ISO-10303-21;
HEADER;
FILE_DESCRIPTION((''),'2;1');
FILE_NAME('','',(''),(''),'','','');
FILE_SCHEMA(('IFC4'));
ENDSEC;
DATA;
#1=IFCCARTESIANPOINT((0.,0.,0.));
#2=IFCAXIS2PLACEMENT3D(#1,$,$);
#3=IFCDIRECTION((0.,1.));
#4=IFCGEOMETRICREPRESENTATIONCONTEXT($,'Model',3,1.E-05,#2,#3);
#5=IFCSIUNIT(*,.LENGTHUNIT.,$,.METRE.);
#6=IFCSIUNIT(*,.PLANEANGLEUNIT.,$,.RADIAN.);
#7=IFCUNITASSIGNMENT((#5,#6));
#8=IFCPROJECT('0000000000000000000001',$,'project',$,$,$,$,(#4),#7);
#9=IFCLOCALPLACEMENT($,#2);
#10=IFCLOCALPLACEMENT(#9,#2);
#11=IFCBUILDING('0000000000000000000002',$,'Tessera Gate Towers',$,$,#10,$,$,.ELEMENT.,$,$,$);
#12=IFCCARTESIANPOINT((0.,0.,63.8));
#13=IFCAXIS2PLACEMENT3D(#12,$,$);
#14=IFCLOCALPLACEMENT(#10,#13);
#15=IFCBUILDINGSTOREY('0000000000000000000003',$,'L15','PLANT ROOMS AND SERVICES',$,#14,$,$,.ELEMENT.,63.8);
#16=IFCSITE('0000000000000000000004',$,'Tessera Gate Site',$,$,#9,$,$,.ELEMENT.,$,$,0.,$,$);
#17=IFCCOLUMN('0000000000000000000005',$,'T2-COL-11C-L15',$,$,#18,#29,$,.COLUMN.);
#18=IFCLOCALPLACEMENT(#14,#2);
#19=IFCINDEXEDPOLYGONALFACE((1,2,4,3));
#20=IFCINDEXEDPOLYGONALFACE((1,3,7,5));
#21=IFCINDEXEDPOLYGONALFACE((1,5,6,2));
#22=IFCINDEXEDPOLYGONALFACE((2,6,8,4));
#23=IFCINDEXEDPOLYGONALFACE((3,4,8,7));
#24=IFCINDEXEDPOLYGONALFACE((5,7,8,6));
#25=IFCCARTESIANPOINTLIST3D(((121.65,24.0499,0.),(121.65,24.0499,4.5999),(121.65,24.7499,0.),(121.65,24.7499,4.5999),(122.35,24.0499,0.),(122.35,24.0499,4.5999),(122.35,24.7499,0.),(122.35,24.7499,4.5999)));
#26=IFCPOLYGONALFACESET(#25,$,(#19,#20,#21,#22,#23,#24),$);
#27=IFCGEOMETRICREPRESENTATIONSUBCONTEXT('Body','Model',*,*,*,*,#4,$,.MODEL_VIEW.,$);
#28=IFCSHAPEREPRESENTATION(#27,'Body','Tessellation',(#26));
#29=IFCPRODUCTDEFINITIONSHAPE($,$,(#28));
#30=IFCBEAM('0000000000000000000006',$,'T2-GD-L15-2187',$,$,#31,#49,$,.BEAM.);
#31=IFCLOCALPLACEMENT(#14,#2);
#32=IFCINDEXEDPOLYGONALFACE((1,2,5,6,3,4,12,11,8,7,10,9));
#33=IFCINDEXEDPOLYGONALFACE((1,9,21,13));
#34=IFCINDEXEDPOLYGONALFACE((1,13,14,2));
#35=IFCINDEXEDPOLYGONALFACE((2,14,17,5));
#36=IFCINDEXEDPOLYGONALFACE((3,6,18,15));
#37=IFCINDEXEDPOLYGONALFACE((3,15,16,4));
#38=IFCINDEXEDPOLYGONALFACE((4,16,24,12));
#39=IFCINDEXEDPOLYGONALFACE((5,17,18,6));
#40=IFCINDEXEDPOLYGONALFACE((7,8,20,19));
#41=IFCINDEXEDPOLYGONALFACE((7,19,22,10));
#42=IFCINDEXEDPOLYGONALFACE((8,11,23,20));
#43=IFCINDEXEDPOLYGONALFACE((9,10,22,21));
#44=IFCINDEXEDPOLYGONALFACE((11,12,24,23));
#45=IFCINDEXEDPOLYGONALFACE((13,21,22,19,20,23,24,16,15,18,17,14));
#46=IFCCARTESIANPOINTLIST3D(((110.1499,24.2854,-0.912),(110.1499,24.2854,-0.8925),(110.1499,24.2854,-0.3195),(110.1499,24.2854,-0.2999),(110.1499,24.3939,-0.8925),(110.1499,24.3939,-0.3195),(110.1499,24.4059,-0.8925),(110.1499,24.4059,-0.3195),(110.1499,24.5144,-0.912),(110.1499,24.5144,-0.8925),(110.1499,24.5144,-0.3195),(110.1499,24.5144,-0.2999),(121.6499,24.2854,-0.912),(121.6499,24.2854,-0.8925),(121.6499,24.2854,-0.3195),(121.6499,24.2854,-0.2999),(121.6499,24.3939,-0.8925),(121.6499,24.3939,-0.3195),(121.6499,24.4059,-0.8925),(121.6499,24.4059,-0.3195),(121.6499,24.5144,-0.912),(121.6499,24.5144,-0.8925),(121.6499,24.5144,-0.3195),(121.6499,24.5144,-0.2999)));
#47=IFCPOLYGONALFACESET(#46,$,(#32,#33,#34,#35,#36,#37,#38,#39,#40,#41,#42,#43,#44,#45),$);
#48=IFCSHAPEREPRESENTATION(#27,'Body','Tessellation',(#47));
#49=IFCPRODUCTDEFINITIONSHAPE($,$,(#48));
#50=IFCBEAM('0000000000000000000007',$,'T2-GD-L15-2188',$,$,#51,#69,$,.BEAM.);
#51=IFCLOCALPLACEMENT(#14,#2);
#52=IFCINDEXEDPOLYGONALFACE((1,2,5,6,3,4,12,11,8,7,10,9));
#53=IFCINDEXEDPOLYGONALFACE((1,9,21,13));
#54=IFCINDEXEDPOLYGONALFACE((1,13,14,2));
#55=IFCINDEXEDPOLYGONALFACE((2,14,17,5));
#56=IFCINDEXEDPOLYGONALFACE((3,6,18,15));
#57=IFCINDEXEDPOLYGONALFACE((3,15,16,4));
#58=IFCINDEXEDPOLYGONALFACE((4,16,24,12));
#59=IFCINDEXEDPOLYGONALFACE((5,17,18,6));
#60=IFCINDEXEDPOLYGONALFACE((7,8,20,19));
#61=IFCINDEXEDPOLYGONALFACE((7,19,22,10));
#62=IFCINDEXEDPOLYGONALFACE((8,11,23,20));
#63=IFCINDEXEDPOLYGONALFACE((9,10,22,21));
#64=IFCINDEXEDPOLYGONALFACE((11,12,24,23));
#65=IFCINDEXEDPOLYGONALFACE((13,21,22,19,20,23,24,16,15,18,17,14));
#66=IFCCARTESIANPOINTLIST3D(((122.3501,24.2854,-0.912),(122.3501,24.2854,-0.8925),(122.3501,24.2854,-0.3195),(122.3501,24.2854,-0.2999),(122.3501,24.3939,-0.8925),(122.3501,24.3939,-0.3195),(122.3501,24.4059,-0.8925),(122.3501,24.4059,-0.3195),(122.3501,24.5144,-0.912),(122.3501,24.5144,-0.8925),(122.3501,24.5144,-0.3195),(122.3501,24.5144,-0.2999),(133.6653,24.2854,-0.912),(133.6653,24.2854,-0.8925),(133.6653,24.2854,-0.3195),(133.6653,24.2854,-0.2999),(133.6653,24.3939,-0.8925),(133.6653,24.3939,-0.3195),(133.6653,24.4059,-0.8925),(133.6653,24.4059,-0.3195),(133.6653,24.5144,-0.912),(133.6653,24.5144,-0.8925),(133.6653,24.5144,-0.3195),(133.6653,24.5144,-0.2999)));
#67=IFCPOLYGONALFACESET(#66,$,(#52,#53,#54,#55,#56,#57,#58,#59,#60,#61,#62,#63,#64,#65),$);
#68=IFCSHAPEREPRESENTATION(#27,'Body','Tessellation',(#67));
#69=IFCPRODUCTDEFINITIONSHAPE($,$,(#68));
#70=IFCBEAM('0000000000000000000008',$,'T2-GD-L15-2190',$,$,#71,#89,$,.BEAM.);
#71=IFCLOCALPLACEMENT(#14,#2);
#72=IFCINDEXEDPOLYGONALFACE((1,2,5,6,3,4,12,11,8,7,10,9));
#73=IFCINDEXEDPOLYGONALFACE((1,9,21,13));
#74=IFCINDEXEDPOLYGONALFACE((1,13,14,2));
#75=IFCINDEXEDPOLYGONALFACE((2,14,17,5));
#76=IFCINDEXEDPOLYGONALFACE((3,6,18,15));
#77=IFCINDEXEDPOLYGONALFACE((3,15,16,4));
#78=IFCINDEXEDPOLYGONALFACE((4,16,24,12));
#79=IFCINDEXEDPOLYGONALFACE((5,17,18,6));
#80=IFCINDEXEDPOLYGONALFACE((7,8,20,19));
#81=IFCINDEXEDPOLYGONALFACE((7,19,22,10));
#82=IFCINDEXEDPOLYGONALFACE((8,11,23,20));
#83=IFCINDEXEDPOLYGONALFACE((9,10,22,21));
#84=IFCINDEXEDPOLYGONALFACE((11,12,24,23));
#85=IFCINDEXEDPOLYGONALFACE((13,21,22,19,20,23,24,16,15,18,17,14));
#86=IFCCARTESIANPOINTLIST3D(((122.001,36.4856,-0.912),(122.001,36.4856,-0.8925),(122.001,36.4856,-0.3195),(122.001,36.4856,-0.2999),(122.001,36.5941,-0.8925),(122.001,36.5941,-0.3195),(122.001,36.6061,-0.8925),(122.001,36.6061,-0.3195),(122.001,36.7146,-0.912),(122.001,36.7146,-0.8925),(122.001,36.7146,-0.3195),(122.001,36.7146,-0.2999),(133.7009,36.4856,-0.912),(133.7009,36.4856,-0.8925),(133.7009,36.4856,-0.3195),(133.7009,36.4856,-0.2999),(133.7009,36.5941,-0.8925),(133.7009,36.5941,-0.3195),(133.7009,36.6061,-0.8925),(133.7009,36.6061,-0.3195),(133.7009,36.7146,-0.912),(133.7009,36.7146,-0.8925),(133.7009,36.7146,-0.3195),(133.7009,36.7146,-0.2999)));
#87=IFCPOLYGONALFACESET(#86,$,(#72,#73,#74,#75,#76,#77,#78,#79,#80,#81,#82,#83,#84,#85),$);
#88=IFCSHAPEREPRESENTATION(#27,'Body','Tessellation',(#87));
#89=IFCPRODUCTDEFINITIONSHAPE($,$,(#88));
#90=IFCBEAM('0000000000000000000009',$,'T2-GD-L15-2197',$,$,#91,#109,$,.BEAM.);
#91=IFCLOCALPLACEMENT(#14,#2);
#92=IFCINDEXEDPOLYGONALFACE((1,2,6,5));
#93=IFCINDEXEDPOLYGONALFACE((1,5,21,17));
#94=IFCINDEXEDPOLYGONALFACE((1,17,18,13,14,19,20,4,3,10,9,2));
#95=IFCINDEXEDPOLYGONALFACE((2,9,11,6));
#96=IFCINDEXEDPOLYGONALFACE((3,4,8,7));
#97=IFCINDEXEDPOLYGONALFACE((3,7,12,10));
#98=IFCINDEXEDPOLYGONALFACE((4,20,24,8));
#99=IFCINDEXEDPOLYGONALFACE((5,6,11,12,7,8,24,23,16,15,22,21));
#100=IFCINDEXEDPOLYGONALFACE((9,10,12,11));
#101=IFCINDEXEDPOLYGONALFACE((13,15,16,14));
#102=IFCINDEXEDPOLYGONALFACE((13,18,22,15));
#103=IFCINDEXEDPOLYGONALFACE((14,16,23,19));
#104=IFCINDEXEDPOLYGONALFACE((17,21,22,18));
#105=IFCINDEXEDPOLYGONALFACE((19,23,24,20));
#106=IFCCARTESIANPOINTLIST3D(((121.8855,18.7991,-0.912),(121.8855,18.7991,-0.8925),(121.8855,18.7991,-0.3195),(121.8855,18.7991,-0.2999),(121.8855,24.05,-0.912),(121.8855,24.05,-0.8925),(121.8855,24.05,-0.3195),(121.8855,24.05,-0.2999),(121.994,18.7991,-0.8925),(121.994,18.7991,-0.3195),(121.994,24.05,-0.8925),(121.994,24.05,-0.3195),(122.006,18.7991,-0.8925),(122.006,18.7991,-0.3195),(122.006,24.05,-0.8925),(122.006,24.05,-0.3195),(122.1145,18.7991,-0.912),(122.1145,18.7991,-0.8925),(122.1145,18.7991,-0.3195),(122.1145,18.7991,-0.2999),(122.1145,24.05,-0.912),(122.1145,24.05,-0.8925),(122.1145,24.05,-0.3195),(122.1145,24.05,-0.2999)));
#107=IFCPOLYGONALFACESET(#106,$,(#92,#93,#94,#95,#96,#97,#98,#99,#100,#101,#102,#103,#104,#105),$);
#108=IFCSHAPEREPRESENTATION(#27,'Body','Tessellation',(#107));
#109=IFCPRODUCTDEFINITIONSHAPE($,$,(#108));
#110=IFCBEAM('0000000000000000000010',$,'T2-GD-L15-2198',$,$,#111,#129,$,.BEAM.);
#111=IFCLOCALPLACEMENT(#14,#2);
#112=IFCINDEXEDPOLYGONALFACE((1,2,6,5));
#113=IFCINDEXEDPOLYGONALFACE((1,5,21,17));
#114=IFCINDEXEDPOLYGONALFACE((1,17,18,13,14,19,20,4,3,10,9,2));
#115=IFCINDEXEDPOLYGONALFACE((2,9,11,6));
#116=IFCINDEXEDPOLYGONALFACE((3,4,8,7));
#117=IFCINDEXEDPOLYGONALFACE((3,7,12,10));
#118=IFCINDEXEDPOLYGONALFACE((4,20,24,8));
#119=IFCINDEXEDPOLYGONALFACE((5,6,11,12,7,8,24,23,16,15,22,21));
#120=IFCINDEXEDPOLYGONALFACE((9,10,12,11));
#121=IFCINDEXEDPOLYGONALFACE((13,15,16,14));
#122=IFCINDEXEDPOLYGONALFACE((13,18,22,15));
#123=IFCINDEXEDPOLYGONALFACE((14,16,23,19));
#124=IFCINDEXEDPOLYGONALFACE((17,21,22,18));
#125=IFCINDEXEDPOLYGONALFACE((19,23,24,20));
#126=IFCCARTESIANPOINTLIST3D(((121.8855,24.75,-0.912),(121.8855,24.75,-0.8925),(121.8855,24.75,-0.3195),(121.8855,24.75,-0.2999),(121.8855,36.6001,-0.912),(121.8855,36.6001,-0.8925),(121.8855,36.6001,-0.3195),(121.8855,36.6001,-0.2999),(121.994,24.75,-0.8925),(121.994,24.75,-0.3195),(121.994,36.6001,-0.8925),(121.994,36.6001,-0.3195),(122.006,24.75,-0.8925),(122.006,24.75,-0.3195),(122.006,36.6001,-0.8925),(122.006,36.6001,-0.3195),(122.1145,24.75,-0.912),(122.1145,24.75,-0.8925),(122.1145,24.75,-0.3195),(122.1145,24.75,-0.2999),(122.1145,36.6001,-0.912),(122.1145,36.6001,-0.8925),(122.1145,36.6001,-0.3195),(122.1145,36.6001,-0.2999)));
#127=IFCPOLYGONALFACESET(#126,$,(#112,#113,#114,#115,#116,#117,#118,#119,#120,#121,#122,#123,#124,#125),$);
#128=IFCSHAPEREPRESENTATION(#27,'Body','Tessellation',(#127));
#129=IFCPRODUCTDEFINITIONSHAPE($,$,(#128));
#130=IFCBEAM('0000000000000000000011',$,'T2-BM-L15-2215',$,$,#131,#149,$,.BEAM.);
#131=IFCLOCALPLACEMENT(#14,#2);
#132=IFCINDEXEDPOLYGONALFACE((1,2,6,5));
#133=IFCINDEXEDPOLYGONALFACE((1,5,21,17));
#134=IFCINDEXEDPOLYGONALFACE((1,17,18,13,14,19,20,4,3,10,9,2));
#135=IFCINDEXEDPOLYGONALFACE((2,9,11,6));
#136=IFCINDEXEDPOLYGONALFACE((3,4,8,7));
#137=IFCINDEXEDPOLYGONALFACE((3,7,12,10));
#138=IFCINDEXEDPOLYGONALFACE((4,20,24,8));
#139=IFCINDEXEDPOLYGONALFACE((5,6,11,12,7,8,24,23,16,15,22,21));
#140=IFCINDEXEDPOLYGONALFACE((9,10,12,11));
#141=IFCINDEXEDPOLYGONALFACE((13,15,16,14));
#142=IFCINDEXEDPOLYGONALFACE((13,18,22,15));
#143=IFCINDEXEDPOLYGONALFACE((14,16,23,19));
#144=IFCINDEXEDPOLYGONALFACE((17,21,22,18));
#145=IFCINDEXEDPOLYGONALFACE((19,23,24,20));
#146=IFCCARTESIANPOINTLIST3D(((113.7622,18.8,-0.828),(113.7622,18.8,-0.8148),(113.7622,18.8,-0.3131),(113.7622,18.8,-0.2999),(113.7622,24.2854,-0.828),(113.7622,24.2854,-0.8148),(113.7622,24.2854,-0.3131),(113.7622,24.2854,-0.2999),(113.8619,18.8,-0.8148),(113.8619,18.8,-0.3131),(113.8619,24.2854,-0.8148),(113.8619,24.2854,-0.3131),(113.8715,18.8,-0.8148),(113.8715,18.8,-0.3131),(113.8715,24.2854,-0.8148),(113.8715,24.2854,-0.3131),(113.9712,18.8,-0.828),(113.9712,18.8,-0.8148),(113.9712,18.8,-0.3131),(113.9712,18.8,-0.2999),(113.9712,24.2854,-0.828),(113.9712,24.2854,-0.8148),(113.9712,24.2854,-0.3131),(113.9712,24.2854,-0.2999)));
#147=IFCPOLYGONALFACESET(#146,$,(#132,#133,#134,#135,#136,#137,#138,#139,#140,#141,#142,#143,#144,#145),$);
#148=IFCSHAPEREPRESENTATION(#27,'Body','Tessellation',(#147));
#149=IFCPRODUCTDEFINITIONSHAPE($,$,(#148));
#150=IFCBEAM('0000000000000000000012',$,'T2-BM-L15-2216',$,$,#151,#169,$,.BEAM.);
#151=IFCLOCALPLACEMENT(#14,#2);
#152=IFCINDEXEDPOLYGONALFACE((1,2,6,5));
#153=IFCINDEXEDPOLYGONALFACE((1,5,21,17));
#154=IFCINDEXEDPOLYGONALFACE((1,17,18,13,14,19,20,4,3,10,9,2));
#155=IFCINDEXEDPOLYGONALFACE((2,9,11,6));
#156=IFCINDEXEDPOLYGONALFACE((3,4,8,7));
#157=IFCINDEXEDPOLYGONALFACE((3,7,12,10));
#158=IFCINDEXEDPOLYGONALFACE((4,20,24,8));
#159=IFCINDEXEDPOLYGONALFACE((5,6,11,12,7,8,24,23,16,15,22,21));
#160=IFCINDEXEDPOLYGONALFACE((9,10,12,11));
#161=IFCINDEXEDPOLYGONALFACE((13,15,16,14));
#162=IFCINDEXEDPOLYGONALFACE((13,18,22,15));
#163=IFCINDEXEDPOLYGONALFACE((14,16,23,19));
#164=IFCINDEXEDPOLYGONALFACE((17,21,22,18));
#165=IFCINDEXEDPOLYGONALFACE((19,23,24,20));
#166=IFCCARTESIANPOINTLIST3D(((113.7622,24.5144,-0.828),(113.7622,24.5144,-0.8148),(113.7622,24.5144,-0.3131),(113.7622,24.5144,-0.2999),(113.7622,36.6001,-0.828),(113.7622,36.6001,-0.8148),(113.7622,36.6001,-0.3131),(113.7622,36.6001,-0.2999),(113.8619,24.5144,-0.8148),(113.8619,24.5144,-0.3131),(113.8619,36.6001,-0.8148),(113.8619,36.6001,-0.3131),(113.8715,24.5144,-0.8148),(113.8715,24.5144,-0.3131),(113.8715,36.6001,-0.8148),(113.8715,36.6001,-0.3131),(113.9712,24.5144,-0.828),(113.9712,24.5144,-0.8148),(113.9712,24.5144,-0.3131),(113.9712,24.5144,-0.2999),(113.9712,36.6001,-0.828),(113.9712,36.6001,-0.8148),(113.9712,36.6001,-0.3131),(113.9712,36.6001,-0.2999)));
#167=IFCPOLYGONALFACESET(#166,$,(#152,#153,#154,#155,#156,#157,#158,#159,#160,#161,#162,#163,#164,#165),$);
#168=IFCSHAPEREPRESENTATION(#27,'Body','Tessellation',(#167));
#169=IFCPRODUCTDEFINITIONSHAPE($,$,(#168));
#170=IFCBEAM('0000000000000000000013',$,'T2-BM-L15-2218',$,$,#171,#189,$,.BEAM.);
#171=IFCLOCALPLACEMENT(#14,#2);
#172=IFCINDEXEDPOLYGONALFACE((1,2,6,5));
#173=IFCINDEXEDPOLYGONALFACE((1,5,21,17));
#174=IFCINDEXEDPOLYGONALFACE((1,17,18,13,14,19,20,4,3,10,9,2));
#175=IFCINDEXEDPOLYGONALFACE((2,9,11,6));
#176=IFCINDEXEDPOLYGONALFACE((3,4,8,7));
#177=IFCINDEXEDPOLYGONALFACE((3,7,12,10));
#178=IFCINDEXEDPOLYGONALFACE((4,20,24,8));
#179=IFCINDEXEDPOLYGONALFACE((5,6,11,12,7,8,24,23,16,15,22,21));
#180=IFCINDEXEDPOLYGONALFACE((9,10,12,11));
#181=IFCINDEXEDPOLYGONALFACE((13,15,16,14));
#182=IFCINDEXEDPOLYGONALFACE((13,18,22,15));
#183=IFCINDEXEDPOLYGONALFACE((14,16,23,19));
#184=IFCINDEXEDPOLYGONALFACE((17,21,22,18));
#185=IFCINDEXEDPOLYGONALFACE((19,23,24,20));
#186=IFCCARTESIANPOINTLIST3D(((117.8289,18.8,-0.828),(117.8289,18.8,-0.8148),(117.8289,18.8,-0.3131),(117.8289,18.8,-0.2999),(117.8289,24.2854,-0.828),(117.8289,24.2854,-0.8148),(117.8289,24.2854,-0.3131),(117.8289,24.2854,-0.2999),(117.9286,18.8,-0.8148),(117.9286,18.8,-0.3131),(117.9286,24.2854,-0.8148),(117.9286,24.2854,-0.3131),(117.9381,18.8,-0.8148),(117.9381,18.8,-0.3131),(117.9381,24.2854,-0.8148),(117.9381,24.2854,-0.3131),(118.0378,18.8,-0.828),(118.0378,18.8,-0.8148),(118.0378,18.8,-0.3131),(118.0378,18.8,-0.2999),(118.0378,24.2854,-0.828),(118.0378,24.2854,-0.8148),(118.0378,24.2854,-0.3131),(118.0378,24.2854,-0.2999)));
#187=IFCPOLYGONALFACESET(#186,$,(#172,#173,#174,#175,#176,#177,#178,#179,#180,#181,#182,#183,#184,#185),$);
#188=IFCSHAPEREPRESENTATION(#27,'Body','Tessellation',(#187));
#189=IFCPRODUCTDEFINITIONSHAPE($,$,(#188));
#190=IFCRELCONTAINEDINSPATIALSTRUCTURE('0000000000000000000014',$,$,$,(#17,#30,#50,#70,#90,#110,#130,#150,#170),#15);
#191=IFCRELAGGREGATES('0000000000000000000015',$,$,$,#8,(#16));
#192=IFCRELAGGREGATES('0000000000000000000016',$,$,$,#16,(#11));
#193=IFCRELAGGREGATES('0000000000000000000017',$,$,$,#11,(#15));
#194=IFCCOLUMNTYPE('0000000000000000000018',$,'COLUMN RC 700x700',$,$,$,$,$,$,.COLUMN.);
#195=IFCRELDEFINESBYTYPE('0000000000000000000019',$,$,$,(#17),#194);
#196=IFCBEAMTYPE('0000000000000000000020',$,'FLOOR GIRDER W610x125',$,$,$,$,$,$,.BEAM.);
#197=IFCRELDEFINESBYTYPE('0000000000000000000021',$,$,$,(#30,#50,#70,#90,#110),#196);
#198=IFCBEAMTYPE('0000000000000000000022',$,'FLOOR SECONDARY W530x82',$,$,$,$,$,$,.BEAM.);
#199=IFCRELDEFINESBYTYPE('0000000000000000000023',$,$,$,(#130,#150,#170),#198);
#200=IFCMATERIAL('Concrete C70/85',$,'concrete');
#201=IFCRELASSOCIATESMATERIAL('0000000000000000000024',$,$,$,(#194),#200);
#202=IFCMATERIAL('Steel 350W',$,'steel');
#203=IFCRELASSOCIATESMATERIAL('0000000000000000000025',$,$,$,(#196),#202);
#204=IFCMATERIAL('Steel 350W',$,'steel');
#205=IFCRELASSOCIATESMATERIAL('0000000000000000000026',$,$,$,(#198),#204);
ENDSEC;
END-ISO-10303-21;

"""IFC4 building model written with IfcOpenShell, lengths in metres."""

from ifc_helpers import new_model, si_unit, direction, frame, origin, origin_2d, place, context, subcontext, project, spatial, rectangle, i_section, extrude, material, material_profile, profile_set, type_object, element, save


model = new_model("IFC4")

# Units and contexts
model_context = context("Model", 3, precision=1e-05, world=origin(), true_north=direction((0.0, 1.0)))
body_context = subcontext(model_context, "Body", "Model", "MODEL_VIEW")
ifc_project = project(units=[si_unit("LENGTHUNIT", "METRE"), si_unit("PLANEANGLEUNIT", "RADIAN")], contexts=[model_context])

# Site, building, storey
site_placement = place(None, origin())
site = spatial("IfcSite", under=ifc_project, at=site_placement, Name="Tessera Gate Site", CompositionType="ELEMENT", RefElevation=0.0)
building_placement = place(site_placement, origin())
building = spatial("IfcBuilding", under=site, at=building_placement, Name="Tessera Gate Towers", CompositionType="ELEMENT")
storey_placement = place(building_placement, frame((0.0, 0.0, 63.8)))
storey = spatial("IfcBuildingStorey", under=building, at=storey_placement, Name="L15", Description="PLANT ROOMS AND SERVICES", CompositionType="ELEMENT", Elevation=63.8)

# Column
ifc_material_1 = material(Name="Concrete C70/85", Category="concrete")
ifc_material_profile_1 = material_profile(ifc_material_1, rectangle(XDim=0.7, YDim=0.7, at=origin_2d()), Name="RC 700x700")
ifc_profile_set_1 = profile_set([ifc_material_profile_1], Name="Concrete C70/85")
column_type = type_object("IfcColumnType", Name="COLUMN RC 700x700", PredefinedType="COLUMN", material=ifc_profile_set_1)
column_placement = place(storey_placement, frame((122.0, 24.3999, 0.0), z_axis=(0.0, 0.0, 1.0), x_axis=(1.0, 0.0, 0.0)))
element("IfcColumn", 1, at=column_placement, inside=storey, type_object=column_type, Name="T2-COL-11C-L15", PredefinedType="COLUMN", context=body_context, shape_type="SweptSolid", body=[
    extrude(rectangle(XDim=0.7, YDim=0.7, at=origin_2d()), origin(), (0.0, 0.0, 1.0), 4.5999),
])

# Beams
ifc_material_2 = material(Name="Steel 350W", Category="steel")
ifc_material_profile_2 = material_profile(ifc_material_2, i_section(OverallWidth=0.229, OverallDepth=0.6121, WebThickness=0.012, FlangeThickness=0.0195, at=origin_2d()), Name="W610x125")
ifc_profile_set_2 = profile_set([ifc_material_profile_2], Name="Steel 350W")
beam_type_1 = type_object("IfcBeamType", Name="FLOOR GIRDER W610x125", PredefinedType="BEAM", material=ifc_profile_set_2)
beam_1_placement = place(storey_placement, frame((110.1499, 24.3999, -0.606), z_axis=(1.0, 0.0, 0.0), x_axis=(0.0, 1.0, 0.0)))
element("IfcBeam", 2, at=beam_1_placement, inside=storey, type_object=beam_type_1, Name="T2-GD-L15-2187", PredefinedType="BEAM", context=body_context, shape_type="SweptSolid", body=[
    extrude(i_section(OverallWidth=0.229, OverallDepth=0.6121, WebThickness=0.012, FlangeThickness=0.0195, at=origin_2d()), origin(), (0.0, 0.0, 1.0), 11.5),
])
beam_2_placement = place(storey_placement, frame((122.3501, 24.3999, -0.606), z_axis=(1.0, 0.0, 0.0), x_axis=(0.0, 1.0, 0.0)))
element("IfcBeam", 3, at=beam_2_placement, inside=storey, type_object=beam_type_1, Name="T2-GD-L15-2188", PredefinedType="BEAM", context=body_context, shape_type="SweptSolid", body=[
    extrude(i_section(OverallWidth=0.229, OverallDepth=0.6121, WebThickness=0.012, FlangeThickness=0.0195, at=origin_2d()), origin(), (0.0, 0.0, 1.0), 11.3152),
])
beam_3_placement = place(storey_placement, frame((122.001, 36.6001, -0.606), z_axis=(1.0, 0.0, 0.0), x_axis=(0.0, 1.0, 0.0)))
element("IfcBeam", 4, at=beam_3_placement, inside=storey, type_object=beam_type_1, Name="T2-GD-L15-2190", PredefinedType="BEAM", context=body_context, shape_type="SweptSolid", body=[
    extrude(i_section(OverallWidth=0.229, OverallDepth=0.6121, WebThickness=0.012, FlangeThickness=0.0195, at=origin_2d()), origin(), (0.0, 0.0, 1.0), 11.7),
])
beam_4_placement = place(storey_placement, frame((122.0, 18.7991, -0.606), z_axis=(0.0, 1.0, 0.0), x_axis=(-1.0, 0.0, 0.0)))
element("IfcBeam", 5, at=beam_4_placement, inside=storey, type_object=beam_type_1, Name="T2-GD-L15-2197", PredefinedType="BEAM", context=body_context, shape_type="SweptSolid", body=[
    extrude(i_section(OverallWidth=0.229, OverallDepth=0.6121, WebThickness=0.012, FlangeThickness=0.0195, at=origin_2d()), origin(), (0.0, 0.0, 1.0), 5.251),
])
beam_5_placement = place(storey_placement, frame((122.0, 24.75, -0.606), z_axis=(0.0, 1.0, 0.0), x_axis=(-1.0, 0.0, 0.0)))
element("IfcBeam", 6, at=beam_5_placement, inside=storey, type_object=beam_type_1, Name="T2-GD-L15-2198", PredefinedType="BEAM", context=body_context, shape_type="SweptSolid", body=[
    extrude(i_section(OverallWidth=0.229, OverallDepth=0.6121, WebThickness=0.012, FlangeThickness=0.0195, at=origin_2d()), origin(), (0.0, 0.0, 1.0), 11.8501),
])
ifc_material_3 = material(Name="Steel 350W", Category="steel")
ifc_material_profile_3 = material_profile(ifc_material_3, i_section(OverallWidth=0.209, OverallDepth=0.5281, WebThickness=0.0095, FlangeThickness=0.0132, at=origin_2d()), Name="W530x82")
ifc_profile_set_3 = profile_set([ifc_material_profile_3], Name="Steel 350W")
beam_type_2 = type_object("IfcBeamType", Name="FLOOR SECONDARY W530x82", PredefinedType="BEAM", material=ifc_profile_set_3)
beam_6_placement = place(storey_placement, frame((113.8667, 18.8, -0.564), z_axis=(0.0, 1.0, 0.0), x_axis=(-1.0, 0.0, 0.0)))
element("IfcBeam", 7, at=beam_6_placement, inside=storey, type_object=beam_type_2, Name="T2-BM-L15-2215", PredefinedType="BEAM", context=body_context, shape_type="SweptSolid", body=[
    extrude(i_section(OverallWidth=0.209, OverallDepth=0.5281, WebThickness=0.0095, FlangeThickness=0.0132, at=origin_2d()), origin(), (0.0, 0.0, 1.0), 5.4854),
])
beam_7_placement = place(storey_placement, frame((113.8667, 24.5144, -0.564), z_axis=(0.0, 1.0, 0.0), x_axis=(-1.0, 0.0, 0.0)))
element("IfcBeam", 8, at=beam_7_placement, inside=storey, type_object=beam_type_2, Name="T2-BM-L15-2216", PredefinedType="BEAM", context=body_context, shape_type="SweptSolid", body=[
    extrude(i_section(OverallWidth=0.209, OverallDepth=0.5281, WebThickness=0.0095, FlangeThickness=0.0132, at=origin_2d()), origin(), (0.0, 0.0, 1.0), 12.0857),
])
beam_8_placement = place(storey_placement, frame((117.9333, 18.8, -0.564), z_axis=(0.0, 1.0, 0.0), x_axis=(-1.0, 0.0, 0.0)))
element("IfcBeam", 9, at=beam_8_placement, inside=storey, type_object=beam_type_2, Name="T2-BM-L15-2218", PredefinedType="BEAM", context=body_context, shape_type="SweptSolid", body=[
    extrude(i_section(OverallWidth=0.209, OverallDepth=0.5281, WebThickness=0.0095, FlangeThickness=0.0132, at=origin_2d()), origin(), (0.0, 0.0, 1.0), 5.4854),
])

save(model, "model.ifc")
